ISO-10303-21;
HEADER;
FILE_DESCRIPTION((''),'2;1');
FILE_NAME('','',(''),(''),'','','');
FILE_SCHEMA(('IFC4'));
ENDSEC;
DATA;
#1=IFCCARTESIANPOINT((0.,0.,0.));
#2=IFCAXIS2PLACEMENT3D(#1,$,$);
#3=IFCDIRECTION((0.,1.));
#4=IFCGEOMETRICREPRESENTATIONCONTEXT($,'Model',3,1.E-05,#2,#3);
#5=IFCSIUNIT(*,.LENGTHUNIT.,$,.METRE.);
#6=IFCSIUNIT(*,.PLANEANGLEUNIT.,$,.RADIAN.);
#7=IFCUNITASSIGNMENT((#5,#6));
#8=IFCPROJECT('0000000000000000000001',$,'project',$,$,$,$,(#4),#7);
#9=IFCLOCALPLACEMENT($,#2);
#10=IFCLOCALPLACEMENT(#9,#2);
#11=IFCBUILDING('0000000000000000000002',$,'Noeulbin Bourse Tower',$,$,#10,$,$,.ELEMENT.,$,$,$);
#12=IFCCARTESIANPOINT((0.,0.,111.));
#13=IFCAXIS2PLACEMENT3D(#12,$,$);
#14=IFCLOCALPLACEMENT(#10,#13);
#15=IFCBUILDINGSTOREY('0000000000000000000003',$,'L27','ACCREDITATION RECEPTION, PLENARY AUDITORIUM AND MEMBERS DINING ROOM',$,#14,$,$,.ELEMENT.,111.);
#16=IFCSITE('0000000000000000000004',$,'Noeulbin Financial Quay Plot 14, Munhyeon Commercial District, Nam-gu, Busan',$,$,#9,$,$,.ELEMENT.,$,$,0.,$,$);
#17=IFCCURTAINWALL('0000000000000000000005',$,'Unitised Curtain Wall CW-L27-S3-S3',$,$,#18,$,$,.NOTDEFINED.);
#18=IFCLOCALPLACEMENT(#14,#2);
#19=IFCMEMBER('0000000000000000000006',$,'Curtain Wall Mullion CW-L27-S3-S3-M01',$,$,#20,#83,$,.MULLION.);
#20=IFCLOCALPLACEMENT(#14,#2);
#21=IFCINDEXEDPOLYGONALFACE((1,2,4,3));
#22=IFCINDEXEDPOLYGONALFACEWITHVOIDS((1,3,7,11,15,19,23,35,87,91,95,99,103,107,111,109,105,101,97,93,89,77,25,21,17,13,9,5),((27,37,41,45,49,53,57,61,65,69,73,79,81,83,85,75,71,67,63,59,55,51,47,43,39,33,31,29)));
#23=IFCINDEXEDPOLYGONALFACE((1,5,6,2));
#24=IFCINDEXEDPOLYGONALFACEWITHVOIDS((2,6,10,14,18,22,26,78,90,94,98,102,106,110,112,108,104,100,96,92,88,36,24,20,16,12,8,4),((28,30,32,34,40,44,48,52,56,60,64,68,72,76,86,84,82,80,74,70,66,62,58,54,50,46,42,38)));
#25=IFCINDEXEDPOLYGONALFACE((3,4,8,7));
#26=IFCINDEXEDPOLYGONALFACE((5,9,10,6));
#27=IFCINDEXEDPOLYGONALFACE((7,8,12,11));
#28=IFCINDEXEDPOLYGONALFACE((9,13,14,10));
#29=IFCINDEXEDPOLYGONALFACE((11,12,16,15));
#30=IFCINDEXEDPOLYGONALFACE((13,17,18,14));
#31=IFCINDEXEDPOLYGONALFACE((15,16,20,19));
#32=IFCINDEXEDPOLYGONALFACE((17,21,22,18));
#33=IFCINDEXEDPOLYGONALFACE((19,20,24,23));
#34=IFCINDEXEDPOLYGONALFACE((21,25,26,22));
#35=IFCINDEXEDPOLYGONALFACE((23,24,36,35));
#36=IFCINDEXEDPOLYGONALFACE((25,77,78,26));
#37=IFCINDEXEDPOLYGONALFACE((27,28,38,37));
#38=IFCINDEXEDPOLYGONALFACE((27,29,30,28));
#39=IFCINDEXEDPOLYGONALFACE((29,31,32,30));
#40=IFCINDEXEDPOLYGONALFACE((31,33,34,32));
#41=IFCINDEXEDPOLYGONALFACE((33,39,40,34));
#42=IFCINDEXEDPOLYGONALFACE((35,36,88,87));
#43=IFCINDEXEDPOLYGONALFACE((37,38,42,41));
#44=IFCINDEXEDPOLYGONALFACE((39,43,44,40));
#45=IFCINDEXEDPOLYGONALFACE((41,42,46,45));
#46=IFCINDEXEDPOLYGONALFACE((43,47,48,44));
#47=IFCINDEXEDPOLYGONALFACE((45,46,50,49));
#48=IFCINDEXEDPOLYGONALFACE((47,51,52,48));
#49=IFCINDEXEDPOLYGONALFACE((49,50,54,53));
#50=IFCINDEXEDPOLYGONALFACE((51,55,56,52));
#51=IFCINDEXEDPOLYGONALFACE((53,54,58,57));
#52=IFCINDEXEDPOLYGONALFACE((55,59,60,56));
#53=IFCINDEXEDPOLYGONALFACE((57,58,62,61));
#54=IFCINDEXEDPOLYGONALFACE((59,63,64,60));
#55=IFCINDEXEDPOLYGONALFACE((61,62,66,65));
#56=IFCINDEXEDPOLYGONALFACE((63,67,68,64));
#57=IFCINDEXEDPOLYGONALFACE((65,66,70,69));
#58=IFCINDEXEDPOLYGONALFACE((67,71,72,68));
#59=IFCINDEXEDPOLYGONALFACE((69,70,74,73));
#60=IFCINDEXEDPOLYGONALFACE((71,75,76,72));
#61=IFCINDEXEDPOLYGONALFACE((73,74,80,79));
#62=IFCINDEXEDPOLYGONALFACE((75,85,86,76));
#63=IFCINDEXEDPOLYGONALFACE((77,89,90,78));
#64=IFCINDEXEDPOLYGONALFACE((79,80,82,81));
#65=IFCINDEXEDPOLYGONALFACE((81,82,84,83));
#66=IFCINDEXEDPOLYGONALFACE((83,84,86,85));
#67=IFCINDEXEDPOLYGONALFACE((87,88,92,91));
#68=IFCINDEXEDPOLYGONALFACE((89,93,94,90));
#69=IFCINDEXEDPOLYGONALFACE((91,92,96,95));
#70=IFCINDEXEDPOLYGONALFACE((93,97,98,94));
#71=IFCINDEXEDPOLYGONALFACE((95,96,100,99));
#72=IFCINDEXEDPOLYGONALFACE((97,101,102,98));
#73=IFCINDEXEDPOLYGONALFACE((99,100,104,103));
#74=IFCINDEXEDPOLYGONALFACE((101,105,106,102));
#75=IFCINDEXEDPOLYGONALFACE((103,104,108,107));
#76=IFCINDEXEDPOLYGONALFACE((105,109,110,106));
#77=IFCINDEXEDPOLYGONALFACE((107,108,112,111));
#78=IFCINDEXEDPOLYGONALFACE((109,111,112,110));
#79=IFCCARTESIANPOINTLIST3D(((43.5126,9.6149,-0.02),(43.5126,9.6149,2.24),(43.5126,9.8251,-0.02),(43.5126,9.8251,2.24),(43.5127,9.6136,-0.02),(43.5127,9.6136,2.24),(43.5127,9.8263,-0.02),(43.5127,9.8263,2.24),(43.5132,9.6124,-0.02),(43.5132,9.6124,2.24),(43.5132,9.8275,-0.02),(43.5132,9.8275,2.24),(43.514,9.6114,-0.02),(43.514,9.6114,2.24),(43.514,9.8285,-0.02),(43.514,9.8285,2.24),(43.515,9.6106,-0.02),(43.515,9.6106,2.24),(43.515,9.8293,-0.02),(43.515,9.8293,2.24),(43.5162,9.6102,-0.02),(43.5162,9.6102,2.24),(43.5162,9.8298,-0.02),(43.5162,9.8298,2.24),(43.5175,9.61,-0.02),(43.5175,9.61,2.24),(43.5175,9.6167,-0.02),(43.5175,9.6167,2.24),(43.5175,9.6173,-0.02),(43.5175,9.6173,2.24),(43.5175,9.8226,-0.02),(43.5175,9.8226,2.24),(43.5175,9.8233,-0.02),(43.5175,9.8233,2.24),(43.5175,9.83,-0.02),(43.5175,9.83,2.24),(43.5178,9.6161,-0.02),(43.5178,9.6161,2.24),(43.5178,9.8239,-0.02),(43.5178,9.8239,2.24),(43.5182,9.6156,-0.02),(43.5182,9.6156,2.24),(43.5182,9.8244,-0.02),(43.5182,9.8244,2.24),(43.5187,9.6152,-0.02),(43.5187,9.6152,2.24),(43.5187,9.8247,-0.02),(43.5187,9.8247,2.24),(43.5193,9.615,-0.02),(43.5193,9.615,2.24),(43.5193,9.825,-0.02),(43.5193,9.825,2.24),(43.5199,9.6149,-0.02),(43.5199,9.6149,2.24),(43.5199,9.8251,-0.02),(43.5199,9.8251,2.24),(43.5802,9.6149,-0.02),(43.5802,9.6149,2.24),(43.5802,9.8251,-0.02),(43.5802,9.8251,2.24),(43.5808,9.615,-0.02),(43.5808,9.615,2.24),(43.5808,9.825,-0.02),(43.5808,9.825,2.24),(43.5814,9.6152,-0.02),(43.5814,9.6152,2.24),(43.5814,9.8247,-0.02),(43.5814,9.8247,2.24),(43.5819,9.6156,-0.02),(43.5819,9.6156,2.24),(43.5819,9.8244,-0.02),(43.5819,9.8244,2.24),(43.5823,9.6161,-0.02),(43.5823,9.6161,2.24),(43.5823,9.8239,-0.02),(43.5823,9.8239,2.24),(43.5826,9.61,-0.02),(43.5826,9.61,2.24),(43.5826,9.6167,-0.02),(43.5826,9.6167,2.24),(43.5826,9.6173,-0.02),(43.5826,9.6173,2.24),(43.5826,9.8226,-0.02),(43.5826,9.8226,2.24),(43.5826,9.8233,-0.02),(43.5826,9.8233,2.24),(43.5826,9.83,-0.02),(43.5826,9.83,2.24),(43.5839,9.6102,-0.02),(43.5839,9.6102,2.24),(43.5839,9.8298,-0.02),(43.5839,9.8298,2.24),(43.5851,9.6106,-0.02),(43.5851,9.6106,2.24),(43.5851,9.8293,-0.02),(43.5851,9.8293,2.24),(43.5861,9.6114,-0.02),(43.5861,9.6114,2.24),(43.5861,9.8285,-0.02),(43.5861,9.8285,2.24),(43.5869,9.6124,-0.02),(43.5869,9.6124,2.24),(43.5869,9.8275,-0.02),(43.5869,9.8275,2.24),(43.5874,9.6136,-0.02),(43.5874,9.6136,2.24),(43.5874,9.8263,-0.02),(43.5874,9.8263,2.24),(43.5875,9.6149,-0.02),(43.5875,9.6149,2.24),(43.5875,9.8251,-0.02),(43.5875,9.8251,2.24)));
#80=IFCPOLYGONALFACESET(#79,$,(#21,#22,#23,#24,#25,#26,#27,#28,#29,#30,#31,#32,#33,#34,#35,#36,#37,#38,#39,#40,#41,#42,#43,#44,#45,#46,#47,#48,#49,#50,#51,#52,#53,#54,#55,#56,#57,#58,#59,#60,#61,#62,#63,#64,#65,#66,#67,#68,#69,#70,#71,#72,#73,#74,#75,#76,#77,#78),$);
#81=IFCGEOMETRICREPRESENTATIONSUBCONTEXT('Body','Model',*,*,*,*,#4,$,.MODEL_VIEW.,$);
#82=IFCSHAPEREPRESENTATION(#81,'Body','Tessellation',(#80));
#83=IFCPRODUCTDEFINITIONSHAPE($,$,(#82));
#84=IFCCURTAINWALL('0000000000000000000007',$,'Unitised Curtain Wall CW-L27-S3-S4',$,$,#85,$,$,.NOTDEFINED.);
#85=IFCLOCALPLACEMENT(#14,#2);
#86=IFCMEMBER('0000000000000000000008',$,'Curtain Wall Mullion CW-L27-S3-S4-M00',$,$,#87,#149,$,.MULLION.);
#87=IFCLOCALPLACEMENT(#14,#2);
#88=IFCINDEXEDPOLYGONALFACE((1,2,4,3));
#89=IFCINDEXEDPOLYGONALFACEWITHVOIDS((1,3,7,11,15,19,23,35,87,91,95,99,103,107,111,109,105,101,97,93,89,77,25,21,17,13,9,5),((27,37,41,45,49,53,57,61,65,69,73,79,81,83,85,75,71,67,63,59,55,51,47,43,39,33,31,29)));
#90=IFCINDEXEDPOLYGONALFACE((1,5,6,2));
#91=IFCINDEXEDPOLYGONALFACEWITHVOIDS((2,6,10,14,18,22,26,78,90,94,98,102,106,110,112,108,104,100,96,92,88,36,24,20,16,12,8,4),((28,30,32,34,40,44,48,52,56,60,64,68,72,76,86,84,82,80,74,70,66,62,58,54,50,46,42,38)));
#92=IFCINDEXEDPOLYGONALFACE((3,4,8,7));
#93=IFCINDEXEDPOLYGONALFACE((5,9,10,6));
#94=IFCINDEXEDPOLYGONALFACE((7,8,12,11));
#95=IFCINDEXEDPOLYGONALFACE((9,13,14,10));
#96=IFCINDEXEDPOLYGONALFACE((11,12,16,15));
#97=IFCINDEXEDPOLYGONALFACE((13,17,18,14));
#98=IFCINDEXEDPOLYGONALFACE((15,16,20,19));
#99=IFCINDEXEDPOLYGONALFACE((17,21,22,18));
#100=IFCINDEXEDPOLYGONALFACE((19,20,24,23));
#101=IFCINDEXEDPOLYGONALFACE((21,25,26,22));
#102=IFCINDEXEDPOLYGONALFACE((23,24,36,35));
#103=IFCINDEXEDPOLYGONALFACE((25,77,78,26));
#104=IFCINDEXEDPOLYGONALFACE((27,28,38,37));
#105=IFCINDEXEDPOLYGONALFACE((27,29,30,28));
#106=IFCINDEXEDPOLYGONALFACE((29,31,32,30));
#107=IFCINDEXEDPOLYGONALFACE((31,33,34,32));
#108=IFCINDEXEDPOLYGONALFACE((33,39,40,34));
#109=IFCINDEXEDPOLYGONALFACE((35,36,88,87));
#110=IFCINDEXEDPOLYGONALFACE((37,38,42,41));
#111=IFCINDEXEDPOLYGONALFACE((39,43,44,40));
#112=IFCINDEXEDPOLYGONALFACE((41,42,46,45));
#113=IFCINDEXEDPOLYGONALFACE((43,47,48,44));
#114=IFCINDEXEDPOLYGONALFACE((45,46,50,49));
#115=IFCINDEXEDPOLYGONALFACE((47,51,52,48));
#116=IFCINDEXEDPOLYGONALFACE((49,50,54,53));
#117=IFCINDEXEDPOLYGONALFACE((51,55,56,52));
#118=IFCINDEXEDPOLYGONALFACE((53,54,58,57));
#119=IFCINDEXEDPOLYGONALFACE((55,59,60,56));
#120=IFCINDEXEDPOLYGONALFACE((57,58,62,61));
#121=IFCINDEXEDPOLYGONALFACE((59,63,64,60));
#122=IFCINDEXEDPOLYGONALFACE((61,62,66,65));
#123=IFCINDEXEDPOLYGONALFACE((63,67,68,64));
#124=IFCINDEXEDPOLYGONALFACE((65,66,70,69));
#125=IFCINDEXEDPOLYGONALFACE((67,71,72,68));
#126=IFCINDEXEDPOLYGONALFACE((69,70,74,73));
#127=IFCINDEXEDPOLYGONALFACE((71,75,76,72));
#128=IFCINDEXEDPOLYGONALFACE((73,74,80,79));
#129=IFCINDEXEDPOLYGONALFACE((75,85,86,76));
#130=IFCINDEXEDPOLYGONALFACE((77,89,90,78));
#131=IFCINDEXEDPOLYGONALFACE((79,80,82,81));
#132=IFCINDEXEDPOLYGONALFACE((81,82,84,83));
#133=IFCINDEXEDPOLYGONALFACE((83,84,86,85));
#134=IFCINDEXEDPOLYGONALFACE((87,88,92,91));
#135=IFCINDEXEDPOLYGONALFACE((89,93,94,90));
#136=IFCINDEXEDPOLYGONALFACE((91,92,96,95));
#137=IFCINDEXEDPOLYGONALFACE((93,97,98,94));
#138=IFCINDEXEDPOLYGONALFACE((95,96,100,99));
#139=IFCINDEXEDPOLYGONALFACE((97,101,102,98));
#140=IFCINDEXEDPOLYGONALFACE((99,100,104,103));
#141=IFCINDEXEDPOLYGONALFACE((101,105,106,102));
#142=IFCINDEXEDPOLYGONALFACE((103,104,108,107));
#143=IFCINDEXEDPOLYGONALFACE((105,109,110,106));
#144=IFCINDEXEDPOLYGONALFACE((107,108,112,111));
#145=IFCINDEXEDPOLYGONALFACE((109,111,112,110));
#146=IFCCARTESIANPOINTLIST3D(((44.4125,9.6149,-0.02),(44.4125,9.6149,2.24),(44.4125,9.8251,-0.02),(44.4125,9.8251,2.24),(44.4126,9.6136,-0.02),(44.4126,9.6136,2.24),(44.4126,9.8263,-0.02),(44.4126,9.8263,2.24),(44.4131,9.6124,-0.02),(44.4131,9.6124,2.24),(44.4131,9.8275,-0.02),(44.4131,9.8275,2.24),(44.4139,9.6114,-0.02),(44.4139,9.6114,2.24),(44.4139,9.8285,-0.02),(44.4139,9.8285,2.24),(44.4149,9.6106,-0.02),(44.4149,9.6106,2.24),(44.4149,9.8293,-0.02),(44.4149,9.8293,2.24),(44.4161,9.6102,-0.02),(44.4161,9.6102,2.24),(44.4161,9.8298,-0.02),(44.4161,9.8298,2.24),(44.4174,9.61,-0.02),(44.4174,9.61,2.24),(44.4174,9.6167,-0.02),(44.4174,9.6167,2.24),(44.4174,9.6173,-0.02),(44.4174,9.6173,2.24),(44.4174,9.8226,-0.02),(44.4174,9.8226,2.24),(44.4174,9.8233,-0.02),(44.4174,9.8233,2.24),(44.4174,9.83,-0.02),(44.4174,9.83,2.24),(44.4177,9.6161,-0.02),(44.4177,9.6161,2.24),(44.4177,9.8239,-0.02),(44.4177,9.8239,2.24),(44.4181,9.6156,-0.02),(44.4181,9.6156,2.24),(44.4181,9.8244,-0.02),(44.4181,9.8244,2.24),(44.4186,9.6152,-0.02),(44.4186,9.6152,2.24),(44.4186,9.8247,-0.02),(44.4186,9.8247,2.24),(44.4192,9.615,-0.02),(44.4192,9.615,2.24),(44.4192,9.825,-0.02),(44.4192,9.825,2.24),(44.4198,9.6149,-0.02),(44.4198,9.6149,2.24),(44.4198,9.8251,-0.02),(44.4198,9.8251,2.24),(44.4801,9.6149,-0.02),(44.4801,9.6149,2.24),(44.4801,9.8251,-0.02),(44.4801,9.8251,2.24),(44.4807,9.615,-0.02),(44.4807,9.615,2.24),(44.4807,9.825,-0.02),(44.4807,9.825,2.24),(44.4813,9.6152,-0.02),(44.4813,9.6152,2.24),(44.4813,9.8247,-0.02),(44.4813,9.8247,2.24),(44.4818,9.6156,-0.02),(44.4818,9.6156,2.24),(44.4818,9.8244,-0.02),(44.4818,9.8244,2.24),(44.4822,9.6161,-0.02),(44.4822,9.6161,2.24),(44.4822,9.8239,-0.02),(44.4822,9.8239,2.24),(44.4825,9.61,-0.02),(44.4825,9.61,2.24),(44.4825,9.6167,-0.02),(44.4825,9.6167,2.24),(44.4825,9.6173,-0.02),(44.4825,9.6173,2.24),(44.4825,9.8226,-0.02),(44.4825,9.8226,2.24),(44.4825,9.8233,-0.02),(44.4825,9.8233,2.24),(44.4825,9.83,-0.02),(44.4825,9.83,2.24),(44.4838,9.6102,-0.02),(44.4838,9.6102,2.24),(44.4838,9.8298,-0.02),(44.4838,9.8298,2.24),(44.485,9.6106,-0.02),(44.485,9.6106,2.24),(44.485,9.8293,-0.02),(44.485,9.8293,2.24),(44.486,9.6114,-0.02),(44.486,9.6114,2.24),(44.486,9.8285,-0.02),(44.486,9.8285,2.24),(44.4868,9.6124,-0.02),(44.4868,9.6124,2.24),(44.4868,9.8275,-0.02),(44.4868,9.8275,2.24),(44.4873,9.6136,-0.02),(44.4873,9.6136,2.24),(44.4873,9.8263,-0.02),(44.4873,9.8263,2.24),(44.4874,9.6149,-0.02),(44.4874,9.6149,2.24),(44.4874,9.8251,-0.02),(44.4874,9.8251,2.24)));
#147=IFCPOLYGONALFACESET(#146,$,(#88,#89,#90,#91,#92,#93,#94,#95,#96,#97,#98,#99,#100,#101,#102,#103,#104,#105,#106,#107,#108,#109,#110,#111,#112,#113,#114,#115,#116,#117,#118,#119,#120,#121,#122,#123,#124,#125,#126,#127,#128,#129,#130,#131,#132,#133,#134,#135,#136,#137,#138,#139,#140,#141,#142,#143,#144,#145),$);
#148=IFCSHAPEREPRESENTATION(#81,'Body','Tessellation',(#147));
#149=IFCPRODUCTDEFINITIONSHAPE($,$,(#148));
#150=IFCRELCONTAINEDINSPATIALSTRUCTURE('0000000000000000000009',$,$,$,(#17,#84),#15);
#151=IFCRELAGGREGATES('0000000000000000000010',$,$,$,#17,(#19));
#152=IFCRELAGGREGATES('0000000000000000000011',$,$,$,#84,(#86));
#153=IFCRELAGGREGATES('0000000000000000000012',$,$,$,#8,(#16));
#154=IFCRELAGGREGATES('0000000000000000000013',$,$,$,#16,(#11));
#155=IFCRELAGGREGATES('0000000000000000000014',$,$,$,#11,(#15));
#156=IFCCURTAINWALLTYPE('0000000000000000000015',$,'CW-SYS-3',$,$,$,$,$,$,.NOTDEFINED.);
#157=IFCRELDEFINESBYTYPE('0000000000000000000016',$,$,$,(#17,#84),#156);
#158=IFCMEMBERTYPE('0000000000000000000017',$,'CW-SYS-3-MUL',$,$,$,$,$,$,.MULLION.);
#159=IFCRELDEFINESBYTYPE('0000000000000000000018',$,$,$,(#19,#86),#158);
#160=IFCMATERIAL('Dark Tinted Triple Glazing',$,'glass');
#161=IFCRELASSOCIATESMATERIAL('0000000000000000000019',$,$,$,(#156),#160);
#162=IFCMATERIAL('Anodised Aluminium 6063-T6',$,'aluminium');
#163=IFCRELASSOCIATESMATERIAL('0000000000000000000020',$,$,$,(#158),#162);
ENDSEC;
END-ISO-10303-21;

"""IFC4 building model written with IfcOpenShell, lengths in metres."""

from ifc_helpers import new_model, si_unit, direction, frame, origin, origin_2d, place, context, subcontext, project, spatial, hollow_rectangle, extrude, material, material_profile, profile_set, type_object, element, aggregate, save


model = new_model("IFC4")

# Units and contexts
model_context = context("Model", 3, precision=1e-05, world=origin(), true_north=direction((0.0, 1.0)))
body_context = subcontext(model_context, "Body", "Model", "MODEL_VIEW")
ifc_project = project(units=[si_unit("LENGTHUNIT", "METRE"), si_unit("PLANEANGLEUNIT", "RADIAN")], contexts=[model_context])

# Site, building, storey
site_placement = place(None, origin())
site = spatial("IfcSite", under=ifc_project, at=site_placement, Name="Noeulbin Financial Quay Plot 14, Munhyeon Commercial District, Nam-gu, Busan", CompositionType="ELEMENT", RefElevation=0.0)
building_placement = place(site_placement, origin())
building = spatial("IfcBuilding", under=site, at=building_placement, Name="Noeulbin Bourse Tower", CompositionType="ELEMENT")
storey_placement = place(building_placement, frame((0.0, 0.0, 111.0)))
storey = spatial("IfcBuildingStorey", under=building, at=storey_placement, Name="L27", Description="ACCREDITATION RECEPTION, PLENARY AUDITORIUM AND MEMBERS DINING ROOM", CompositionType="ELEMENT", Elevation=111.0)

# Curtain wall, member
ifc_material_1 = material(Name="Dark Tinted Triple Glazing", Category="glass")
curtain_wall_type = type_object("IfcCurtainWallType", Name="CW-SYS-3", PredefinedType="NOTDEFINED", material=ifc_material_1)
curtain_wall_1_placement = place(storey_placement, origin())
curtain_wall_1 = element("IfcCurtainWall", 1, at=curtain_wall_1_placement, inside=storey, type_object=curtain_wall_type, Name="Unitised Curtain Wall CW-L27-S3-S3", PredefinedType="NOTDEFINED")
ifc_material_2 = material(Name="Anodised Aluminium 6063-T6", Category="aluminium")
ifc_material_profile_1 = material_profile(ifc_material_2, hollow_rectangle(XDim=0.075, YDim=0.22, WallThickness=0.0049, InnerFilletRadius=0.0024, OuterFilletRadius=0.0049, at=origin_2d()), Name="ALU-MULL-75x220x5", Category="LoadBearing")
ifc_profile_set_1 = profile_set([ifc_material_profile_1], Name="Anodised Aluminium 6063-T6")
member_type_1 = type_object("IfcMemberType", Name="CW-SYS-3-MUL", PredefinedType="MULLION", material=ifc_profile_set_1)
member_1_placement = place(storey_placement, frame((43.55, 9.72, -0.02), z_axis=(0.0, 0.0, 1.0), x_axis=(1.0, 0.0, 0.0)))
member_1 = element("IfcMember", 2, at=member_1_placement, type_object=member_type_1, Name="Curtain Wall Mullion CW-L27-S3-S3-M01", PredefinedType="MULLION", context=body_context, shape_type="SweptSolid", body=[
    extrude(hollow_rectangle(XDim=0.075, YDim=0.22, WallThickness=0.0049, InnerFilletRadius=0.0024, OuterFilletRadius=0.0049, at=origin_2d()), origin(), (0.0, 0.0, 1.0), 2.26),
])

# Curtain wall, member
curtain_wall_2_placement = place(storey_placement, origin())
curtain_wall_2 = element("IfcCurtainWall", 3, at=curtain_wall_2_placement, inside=storey, type_object=curtain_wall_type, Name="Unitised Curtain Wall CW-L27-S3-S4", PredefinedType="NOTDEFINED")
member_2_placement = place(storey_placement, frame((44.45, 9.72, -0.02), z_axis=(0.0, 0.0, 1.0), x_axis=(1.0, 0.0, 0.0)))
member_2 = element("IfcMember", 4, at=member_2_placement, type_object=member_type_1, Name="Curtain Wall Mullion CW-L27-S3-S4-M00", PredefinedType="MULLION", context=body_context, shape_type="SweptSolid", body=[
    extrude(hollow_rectangle(XDim=0.075, YDim=0.22, WallThickness=0.0049, InnerFilletRadius=0.0024, OuterFilletRadius=0.0049, at=origin_2d()), origin(), (0.0, 0.0, 1.0), 2.26),
])

aggregate(curtain_wall_1, [member_1])
aggregate(curtain_wall_2, [member_2])

save(model, "model.ifc")
